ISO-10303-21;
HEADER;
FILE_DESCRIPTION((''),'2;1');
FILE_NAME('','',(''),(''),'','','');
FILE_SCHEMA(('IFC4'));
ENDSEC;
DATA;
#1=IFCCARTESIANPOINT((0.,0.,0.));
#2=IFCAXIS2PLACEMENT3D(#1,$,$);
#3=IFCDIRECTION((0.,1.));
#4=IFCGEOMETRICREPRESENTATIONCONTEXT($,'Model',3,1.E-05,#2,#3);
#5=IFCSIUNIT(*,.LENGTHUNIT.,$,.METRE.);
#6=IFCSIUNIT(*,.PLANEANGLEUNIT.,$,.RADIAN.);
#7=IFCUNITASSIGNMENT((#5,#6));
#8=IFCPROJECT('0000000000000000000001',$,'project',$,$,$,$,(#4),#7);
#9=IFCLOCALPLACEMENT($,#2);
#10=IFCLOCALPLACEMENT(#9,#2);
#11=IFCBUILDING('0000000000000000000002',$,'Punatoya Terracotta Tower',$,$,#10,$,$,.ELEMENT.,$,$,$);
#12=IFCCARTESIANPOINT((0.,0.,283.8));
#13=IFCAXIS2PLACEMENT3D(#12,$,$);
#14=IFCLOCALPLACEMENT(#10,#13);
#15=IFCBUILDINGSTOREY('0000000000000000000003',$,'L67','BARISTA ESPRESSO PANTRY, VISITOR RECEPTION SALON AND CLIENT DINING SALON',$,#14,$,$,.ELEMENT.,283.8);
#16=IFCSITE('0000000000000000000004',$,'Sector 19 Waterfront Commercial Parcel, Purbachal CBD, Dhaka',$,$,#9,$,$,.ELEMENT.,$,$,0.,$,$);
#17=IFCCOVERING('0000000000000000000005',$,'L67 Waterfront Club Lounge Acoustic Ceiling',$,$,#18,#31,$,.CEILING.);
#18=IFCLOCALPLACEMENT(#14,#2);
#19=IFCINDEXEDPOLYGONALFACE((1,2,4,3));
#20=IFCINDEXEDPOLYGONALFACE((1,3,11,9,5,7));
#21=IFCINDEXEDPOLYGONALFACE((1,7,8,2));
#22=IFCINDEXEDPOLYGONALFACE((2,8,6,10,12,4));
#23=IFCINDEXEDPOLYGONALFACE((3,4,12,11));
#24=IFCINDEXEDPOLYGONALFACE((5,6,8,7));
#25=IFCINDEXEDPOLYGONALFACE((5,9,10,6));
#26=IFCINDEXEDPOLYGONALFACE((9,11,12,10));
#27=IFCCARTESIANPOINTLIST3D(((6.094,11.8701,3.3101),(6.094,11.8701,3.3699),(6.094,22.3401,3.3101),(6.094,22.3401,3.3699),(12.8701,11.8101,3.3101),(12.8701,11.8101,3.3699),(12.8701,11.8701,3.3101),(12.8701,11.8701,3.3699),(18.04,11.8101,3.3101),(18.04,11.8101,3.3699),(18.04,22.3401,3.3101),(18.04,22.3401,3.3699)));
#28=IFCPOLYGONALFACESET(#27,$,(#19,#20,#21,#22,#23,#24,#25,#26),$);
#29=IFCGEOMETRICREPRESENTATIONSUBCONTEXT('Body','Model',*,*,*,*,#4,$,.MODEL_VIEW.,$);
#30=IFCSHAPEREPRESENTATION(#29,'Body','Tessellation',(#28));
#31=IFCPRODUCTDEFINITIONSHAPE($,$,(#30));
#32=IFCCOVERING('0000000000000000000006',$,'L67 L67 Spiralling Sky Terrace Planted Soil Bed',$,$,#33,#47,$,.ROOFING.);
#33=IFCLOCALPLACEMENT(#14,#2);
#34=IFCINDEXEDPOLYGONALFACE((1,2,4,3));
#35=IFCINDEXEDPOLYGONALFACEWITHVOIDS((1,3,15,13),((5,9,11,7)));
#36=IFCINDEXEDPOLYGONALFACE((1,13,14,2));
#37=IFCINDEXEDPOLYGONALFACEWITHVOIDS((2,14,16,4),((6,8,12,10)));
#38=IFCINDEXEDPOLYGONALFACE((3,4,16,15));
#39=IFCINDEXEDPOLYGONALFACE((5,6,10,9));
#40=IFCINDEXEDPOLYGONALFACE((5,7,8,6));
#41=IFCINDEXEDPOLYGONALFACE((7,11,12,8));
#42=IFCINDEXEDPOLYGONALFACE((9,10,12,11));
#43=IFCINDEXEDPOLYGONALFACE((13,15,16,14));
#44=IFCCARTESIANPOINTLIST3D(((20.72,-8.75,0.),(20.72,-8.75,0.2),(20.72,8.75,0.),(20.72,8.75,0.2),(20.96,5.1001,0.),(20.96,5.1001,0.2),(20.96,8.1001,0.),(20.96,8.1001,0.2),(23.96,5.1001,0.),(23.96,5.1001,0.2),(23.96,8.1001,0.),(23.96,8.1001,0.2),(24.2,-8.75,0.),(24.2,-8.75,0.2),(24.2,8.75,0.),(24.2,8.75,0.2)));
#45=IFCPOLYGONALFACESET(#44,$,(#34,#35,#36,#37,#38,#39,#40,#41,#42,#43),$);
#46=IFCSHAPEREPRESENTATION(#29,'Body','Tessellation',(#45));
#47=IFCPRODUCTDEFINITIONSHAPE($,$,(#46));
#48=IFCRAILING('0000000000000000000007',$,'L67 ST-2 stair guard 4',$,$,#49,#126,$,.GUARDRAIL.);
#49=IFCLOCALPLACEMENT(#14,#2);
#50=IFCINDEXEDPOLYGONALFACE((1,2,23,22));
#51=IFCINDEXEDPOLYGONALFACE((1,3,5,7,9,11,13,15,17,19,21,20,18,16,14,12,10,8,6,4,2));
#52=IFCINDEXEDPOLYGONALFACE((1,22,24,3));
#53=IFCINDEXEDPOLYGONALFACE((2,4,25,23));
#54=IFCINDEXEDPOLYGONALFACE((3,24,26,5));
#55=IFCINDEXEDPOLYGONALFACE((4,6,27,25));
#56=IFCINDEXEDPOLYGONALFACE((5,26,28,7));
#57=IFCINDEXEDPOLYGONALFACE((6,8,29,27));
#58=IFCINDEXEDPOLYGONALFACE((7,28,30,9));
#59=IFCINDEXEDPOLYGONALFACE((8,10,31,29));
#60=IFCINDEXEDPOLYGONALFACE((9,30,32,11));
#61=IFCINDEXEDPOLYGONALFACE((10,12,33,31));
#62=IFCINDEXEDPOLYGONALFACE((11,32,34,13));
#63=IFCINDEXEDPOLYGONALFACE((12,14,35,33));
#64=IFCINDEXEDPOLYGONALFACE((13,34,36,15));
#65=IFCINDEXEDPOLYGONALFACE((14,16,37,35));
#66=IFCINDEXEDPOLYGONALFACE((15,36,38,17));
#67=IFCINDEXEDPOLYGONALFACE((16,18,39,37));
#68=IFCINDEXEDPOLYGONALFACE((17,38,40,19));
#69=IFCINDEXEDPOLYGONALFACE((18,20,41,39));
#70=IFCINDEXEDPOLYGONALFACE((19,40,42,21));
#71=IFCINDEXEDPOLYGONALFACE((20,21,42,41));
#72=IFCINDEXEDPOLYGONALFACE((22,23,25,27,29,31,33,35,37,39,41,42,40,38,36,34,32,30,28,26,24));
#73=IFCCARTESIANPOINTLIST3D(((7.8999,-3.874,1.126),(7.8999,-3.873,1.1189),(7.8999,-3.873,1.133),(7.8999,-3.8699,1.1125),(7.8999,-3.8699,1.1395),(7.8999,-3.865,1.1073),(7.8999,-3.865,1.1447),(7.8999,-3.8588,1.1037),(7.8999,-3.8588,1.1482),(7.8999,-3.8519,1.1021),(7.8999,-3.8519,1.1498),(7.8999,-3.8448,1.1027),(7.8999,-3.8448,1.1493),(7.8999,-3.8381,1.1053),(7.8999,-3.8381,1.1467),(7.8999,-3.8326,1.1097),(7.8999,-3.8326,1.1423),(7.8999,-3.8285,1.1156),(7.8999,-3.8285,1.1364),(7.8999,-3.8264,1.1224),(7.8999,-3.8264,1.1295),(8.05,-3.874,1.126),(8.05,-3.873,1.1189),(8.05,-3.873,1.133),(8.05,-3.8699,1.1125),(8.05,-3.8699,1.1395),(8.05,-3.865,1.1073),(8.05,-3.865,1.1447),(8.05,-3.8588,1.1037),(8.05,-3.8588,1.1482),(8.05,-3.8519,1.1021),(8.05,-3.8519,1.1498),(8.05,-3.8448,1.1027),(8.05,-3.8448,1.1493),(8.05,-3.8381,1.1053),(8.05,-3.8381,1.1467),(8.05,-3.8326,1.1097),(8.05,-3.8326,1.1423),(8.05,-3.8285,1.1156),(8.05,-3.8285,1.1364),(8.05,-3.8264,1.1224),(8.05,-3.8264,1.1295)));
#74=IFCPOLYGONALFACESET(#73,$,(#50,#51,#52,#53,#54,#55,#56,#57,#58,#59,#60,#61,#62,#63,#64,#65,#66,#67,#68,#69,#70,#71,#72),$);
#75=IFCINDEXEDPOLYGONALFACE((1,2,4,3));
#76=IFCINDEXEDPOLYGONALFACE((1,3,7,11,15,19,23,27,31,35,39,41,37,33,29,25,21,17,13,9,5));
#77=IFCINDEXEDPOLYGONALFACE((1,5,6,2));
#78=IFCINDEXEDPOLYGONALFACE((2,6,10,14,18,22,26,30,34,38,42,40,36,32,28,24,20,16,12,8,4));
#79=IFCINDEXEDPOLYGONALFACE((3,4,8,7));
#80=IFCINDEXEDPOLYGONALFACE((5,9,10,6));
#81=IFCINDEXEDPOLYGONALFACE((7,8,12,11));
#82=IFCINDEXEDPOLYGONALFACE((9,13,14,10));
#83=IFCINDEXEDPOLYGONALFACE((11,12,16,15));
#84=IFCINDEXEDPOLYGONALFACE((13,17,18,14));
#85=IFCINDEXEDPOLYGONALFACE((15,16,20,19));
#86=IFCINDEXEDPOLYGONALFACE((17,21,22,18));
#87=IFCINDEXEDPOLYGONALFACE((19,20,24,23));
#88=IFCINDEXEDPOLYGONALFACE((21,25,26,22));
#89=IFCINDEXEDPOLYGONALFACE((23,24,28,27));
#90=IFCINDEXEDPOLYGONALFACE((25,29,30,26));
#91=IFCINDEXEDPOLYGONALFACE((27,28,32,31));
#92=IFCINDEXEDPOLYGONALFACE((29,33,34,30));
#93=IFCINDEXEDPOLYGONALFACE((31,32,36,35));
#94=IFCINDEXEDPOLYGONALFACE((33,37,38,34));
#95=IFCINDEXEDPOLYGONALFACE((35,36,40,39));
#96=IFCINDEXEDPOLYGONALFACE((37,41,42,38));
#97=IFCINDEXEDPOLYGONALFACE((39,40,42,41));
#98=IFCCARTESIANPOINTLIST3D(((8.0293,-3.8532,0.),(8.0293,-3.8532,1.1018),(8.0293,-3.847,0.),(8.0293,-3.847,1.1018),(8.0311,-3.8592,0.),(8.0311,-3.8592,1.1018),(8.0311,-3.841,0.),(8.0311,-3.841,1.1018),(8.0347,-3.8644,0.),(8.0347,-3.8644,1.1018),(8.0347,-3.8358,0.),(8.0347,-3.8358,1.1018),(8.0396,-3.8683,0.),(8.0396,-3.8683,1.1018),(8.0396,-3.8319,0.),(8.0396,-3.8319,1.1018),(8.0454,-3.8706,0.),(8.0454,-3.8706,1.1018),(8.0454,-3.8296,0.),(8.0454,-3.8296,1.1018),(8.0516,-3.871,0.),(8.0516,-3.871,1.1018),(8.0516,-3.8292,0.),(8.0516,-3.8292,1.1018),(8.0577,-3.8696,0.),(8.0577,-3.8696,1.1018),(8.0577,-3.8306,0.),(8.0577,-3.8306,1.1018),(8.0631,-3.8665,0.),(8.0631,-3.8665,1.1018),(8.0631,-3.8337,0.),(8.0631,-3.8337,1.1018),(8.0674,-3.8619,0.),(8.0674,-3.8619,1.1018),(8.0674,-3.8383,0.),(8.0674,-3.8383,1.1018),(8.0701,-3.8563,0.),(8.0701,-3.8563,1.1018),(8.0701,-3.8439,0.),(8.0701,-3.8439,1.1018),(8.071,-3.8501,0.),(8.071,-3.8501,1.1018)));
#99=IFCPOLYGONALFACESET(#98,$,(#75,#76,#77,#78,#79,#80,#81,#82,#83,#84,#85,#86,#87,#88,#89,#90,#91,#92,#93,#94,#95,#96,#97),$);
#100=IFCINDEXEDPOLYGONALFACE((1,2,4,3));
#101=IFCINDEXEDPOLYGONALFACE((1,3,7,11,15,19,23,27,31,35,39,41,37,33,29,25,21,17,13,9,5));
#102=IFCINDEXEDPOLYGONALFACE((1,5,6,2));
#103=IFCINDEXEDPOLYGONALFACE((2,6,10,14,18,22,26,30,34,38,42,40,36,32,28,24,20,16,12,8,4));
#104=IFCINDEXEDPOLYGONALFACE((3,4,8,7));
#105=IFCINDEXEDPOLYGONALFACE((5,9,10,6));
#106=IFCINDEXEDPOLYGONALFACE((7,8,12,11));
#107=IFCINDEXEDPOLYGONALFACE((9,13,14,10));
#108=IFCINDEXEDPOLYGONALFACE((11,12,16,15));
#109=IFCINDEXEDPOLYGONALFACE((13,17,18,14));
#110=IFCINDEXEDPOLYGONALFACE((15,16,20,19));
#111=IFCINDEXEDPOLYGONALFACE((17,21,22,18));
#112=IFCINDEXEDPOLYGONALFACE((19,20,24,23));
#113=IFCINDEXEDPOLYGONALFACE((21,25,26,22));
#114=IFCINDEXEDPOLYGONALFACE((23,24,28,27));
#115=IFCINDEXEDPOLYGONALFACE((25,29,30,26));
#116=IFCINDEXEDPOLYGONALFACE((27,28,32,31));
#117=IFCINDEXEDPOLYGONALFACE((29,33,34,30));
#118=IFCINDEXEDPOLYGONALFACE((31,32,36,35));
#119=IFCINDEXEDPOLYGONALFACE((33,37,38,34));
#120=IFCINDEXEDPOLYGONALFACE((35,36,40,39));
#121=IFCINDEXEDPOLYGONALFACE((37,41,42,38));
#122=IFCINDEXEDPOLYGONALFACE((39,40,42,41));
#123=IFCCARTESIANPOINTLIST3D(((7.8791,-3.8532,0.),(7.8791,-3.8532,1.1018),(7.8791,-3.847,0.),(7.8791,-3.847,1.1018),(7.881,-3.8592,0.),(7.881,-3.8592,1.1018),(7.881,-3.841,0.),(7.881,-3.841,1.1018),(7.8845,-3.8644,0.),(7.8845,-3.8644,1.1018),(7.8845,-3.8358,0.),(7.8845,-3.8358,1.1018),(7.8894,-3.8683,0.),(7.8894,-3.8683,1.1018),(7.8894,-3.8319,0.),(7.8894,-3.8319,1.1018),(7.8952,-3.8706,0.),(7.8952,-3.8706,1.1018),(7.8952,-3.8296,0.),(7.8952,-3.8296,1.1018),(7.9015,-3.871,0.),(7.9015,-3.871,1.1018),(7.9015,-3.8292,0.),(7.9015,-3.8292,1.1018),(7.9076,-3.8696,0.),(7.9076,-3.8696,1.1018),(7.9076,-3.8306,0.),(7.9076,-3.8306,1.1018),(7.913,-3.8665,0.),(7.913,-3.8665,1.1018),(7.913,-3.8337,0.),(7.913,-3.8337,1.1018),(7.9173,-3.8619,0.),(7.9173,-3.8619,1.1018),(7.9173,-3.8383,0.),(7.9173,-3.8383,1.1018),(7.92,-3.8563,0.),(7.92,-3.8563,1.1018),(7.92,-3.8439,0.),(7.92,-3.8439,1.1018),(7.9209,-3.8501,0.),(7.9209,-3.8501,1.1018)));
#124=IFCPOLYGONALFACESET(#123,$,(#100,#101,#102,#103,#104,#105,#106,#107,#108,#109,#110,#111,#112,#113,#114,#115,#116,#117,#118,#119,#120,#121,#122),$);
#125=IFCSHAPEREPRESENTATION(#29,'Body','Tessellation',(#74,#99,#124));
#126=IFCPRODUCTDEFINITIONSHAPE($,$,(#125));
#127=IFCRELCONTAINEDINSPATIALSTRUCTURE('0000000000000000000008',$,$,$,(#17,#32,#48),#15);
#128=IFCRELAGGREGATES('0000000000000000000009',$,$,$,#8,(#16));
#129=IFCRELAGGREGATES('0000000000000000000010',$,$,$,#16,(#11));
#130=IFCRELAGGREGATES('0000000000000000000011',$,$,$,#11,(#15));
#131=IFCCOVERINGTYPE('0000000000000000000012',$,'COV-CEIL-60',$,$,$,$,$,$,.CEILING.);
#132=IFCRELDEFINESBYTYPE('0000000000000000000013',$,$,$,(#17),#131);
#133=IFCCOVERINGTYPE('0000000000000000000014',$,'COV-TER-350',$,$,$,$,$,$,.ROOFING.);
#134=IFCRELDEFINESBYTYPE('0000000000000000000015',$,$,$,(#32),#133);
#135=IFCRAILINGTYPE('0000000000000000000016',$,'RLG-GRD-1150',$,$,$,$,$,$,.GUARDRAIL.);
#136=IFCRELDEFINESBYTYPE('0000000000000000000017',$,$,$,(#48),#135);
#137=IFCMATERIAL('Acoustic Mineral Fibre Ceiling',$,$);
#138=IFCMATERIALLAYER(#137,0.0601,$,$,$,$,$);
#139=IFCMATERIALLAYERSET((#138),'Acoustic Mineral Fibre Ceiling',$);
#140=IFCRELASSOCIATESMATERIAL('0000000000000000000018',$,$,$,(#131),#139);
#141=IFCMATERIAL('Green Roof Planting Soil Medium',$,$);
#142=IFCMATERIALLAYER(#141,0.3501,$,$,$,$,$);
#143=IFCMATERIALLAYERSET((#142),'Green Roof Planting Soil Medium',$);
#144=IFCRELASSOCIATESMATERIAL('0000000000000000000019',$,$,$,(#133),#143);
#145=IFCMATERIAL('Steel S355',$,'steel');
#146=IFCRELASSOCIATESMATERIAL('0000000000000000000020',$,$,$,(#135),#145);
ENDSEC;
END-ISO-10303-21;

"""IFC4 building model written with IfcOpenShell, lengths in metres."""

from ifc_helpers import new_model, si_unit, direction, frame, origin, origin_2d, place, context, subcontext, project, spatial, polyline, circle, outline, extrude, material, layer, layer_set, type_object, element, save


model = new_model("IFC4")

# Units and contexts
model_context = context("Model", 3, precision=1e-05, world=origin(), true_north=direction((0.0, 1.0)))
body_context = subcontext(model_context, "Body", "Model", "MODEL_VIEW")
ifc_project = project(units=[si_unit("LENGTHUNIT", "METRE"), si_unit("PLANEANGLEUNIT", "RADIAN")], contexts=[model_context])

# Site, building, storey
site_placement = place(None, origin())
site = spatial("IfcSite", under=ifc_project, at=site_placement, Name="Sector 19 Waterfront Commercial Parcel, Purbachal CBD, Dhaka", CompositionType="ELEMENT", RefElevation=0.0)
building_placement = place(site_placement, origin())
building = spatial("IfcBuilding", under=site, at=building_placement, Name="Punatoya Terracotta Tower", CompositionType="ELEMENT")
storey_placement = place(building_placement, frame((0.0, 0.0, 283.8)))
storey = spatial("IfcBuildingStorey", under=building, at=storey_placement, Name="L67", Description="BARISTA ESPRESSO PANTRY, VISITOR RECEPTION SALON AND CLIENT DINING SALON", CompositionType="ELEMENT", Elevation=283.8)

# Coverings
ifc_material_1 = material(Name="Acoustic Mineral Fibre Ceiling")
ifc_layer_1 = layer(ifc_material_1, 0.0601)
ifc_layer_set_1 = layer_set([ifc_layer_1], Name="Acoustic Mineral Fibre Ceiling")
covering_type_1 = type_object("IfcCoveringType", Name="COV-CEIL-60", PredefinedType="CEILING", material=ifc_layer_set_1)
covering_1_placement = place(storey_placement, frame((0.0, 0.0, 3.3101)))
element("IfcCovering", 1, at=covering_1_placement, inside=storey, type_object=covering_type_1, Name="L67 Waterfront Club Lounge Acoustic Ceiling", PredefinedType="CEILING", context=body_context, shape_type="SweptSolid", body=[
    extrude(outline(polyline([(6.094, 11.8701), (12.8701, 11.8701), (12.8701, 11.8101), (18.04, 11.8101), (18.04, 22.3401), (6.094, 22.3401), (6.094, 11.8701)])), origin(), (0.0, 0.0, 1.0), 0.0598),
])
ifc_material_2 = material(Name="Green Roof Planting Soil Medium")
ifc_layer_2 = layer(ifc_material_2, 0.3501)
ifc_layer_set_2 = layer_set([ifc_layer_2], Name="Green Roof Planting Soil Medium")
covering_type_2 = type_object("IfcCoveringType", Name="COV-TER-350", PredefinedType="ROOFING", material=ifc_layer_set_2)
covering_2_placement = place(storey_placement, origin())
element("IfcCovering", 2, at=covering_2_placement, inside=storey, type_object=covering_type_2, Name="L67 L67 Spiralling Sky Terrace Planted Soil Bed", PredefinedType="ROOFING", context=body_context, shape_type="SweptSolid", body=[
    extrude(outline(polyline([(24.2, -8.75), (20.72, -8.75), (20.72, 8.75), (24.2, 8.75), (24.2, -8.75)]), holes=[polyline([(23.96, 8.1001), (20.96, 8.1001), (20.96, 5.1001), (23.96, 5.1001), (23.96, 8.1001)])]), origin(), (0.0, 0.0, 1.0), 0.2),
])

# Railing
ifc_material_3 = material(Name="Steel S355", Category="steel")
railing_type_1 = type_object("IfcRailingType", Name="RLG-GRD-1150", PredefinedType="GUARDRAIL", material=ifc_material_3)
railing_1_placement = place(storey_placement, frame((8.05, -3.8501, 0.0)))
element("IfcRailing", 3, at=railing_1_placement, inside=storey, type_object=railing_type_1, Name="L67 ST-2 stair guard 4", PredefinedType="GUARDRAIL", context=body_context, shape_type="SweptSolid", body=[
    extrude(circle(Radius=0.0239, at=origin_2d()), frame((0.0, 0.0, 1.126), z_axis=(-1.0, 0.0, 0.0), x_axis=(0.0, -1.0, 0.0)), (0.0, 0.0, 1.0), 0.1501),
    extrude(circle(Radius=0.021, at=origin_2d()), origin(), (0.0, 0.0, 1.0), 1.1018),
    extrude(circle(Radius=0.021, at=origin_2d()), frame((-0.1501, 0.0, 0.0)), (0.0, 0.0, 1.0), 1.1018),
])

save(model, "model.ifc")
